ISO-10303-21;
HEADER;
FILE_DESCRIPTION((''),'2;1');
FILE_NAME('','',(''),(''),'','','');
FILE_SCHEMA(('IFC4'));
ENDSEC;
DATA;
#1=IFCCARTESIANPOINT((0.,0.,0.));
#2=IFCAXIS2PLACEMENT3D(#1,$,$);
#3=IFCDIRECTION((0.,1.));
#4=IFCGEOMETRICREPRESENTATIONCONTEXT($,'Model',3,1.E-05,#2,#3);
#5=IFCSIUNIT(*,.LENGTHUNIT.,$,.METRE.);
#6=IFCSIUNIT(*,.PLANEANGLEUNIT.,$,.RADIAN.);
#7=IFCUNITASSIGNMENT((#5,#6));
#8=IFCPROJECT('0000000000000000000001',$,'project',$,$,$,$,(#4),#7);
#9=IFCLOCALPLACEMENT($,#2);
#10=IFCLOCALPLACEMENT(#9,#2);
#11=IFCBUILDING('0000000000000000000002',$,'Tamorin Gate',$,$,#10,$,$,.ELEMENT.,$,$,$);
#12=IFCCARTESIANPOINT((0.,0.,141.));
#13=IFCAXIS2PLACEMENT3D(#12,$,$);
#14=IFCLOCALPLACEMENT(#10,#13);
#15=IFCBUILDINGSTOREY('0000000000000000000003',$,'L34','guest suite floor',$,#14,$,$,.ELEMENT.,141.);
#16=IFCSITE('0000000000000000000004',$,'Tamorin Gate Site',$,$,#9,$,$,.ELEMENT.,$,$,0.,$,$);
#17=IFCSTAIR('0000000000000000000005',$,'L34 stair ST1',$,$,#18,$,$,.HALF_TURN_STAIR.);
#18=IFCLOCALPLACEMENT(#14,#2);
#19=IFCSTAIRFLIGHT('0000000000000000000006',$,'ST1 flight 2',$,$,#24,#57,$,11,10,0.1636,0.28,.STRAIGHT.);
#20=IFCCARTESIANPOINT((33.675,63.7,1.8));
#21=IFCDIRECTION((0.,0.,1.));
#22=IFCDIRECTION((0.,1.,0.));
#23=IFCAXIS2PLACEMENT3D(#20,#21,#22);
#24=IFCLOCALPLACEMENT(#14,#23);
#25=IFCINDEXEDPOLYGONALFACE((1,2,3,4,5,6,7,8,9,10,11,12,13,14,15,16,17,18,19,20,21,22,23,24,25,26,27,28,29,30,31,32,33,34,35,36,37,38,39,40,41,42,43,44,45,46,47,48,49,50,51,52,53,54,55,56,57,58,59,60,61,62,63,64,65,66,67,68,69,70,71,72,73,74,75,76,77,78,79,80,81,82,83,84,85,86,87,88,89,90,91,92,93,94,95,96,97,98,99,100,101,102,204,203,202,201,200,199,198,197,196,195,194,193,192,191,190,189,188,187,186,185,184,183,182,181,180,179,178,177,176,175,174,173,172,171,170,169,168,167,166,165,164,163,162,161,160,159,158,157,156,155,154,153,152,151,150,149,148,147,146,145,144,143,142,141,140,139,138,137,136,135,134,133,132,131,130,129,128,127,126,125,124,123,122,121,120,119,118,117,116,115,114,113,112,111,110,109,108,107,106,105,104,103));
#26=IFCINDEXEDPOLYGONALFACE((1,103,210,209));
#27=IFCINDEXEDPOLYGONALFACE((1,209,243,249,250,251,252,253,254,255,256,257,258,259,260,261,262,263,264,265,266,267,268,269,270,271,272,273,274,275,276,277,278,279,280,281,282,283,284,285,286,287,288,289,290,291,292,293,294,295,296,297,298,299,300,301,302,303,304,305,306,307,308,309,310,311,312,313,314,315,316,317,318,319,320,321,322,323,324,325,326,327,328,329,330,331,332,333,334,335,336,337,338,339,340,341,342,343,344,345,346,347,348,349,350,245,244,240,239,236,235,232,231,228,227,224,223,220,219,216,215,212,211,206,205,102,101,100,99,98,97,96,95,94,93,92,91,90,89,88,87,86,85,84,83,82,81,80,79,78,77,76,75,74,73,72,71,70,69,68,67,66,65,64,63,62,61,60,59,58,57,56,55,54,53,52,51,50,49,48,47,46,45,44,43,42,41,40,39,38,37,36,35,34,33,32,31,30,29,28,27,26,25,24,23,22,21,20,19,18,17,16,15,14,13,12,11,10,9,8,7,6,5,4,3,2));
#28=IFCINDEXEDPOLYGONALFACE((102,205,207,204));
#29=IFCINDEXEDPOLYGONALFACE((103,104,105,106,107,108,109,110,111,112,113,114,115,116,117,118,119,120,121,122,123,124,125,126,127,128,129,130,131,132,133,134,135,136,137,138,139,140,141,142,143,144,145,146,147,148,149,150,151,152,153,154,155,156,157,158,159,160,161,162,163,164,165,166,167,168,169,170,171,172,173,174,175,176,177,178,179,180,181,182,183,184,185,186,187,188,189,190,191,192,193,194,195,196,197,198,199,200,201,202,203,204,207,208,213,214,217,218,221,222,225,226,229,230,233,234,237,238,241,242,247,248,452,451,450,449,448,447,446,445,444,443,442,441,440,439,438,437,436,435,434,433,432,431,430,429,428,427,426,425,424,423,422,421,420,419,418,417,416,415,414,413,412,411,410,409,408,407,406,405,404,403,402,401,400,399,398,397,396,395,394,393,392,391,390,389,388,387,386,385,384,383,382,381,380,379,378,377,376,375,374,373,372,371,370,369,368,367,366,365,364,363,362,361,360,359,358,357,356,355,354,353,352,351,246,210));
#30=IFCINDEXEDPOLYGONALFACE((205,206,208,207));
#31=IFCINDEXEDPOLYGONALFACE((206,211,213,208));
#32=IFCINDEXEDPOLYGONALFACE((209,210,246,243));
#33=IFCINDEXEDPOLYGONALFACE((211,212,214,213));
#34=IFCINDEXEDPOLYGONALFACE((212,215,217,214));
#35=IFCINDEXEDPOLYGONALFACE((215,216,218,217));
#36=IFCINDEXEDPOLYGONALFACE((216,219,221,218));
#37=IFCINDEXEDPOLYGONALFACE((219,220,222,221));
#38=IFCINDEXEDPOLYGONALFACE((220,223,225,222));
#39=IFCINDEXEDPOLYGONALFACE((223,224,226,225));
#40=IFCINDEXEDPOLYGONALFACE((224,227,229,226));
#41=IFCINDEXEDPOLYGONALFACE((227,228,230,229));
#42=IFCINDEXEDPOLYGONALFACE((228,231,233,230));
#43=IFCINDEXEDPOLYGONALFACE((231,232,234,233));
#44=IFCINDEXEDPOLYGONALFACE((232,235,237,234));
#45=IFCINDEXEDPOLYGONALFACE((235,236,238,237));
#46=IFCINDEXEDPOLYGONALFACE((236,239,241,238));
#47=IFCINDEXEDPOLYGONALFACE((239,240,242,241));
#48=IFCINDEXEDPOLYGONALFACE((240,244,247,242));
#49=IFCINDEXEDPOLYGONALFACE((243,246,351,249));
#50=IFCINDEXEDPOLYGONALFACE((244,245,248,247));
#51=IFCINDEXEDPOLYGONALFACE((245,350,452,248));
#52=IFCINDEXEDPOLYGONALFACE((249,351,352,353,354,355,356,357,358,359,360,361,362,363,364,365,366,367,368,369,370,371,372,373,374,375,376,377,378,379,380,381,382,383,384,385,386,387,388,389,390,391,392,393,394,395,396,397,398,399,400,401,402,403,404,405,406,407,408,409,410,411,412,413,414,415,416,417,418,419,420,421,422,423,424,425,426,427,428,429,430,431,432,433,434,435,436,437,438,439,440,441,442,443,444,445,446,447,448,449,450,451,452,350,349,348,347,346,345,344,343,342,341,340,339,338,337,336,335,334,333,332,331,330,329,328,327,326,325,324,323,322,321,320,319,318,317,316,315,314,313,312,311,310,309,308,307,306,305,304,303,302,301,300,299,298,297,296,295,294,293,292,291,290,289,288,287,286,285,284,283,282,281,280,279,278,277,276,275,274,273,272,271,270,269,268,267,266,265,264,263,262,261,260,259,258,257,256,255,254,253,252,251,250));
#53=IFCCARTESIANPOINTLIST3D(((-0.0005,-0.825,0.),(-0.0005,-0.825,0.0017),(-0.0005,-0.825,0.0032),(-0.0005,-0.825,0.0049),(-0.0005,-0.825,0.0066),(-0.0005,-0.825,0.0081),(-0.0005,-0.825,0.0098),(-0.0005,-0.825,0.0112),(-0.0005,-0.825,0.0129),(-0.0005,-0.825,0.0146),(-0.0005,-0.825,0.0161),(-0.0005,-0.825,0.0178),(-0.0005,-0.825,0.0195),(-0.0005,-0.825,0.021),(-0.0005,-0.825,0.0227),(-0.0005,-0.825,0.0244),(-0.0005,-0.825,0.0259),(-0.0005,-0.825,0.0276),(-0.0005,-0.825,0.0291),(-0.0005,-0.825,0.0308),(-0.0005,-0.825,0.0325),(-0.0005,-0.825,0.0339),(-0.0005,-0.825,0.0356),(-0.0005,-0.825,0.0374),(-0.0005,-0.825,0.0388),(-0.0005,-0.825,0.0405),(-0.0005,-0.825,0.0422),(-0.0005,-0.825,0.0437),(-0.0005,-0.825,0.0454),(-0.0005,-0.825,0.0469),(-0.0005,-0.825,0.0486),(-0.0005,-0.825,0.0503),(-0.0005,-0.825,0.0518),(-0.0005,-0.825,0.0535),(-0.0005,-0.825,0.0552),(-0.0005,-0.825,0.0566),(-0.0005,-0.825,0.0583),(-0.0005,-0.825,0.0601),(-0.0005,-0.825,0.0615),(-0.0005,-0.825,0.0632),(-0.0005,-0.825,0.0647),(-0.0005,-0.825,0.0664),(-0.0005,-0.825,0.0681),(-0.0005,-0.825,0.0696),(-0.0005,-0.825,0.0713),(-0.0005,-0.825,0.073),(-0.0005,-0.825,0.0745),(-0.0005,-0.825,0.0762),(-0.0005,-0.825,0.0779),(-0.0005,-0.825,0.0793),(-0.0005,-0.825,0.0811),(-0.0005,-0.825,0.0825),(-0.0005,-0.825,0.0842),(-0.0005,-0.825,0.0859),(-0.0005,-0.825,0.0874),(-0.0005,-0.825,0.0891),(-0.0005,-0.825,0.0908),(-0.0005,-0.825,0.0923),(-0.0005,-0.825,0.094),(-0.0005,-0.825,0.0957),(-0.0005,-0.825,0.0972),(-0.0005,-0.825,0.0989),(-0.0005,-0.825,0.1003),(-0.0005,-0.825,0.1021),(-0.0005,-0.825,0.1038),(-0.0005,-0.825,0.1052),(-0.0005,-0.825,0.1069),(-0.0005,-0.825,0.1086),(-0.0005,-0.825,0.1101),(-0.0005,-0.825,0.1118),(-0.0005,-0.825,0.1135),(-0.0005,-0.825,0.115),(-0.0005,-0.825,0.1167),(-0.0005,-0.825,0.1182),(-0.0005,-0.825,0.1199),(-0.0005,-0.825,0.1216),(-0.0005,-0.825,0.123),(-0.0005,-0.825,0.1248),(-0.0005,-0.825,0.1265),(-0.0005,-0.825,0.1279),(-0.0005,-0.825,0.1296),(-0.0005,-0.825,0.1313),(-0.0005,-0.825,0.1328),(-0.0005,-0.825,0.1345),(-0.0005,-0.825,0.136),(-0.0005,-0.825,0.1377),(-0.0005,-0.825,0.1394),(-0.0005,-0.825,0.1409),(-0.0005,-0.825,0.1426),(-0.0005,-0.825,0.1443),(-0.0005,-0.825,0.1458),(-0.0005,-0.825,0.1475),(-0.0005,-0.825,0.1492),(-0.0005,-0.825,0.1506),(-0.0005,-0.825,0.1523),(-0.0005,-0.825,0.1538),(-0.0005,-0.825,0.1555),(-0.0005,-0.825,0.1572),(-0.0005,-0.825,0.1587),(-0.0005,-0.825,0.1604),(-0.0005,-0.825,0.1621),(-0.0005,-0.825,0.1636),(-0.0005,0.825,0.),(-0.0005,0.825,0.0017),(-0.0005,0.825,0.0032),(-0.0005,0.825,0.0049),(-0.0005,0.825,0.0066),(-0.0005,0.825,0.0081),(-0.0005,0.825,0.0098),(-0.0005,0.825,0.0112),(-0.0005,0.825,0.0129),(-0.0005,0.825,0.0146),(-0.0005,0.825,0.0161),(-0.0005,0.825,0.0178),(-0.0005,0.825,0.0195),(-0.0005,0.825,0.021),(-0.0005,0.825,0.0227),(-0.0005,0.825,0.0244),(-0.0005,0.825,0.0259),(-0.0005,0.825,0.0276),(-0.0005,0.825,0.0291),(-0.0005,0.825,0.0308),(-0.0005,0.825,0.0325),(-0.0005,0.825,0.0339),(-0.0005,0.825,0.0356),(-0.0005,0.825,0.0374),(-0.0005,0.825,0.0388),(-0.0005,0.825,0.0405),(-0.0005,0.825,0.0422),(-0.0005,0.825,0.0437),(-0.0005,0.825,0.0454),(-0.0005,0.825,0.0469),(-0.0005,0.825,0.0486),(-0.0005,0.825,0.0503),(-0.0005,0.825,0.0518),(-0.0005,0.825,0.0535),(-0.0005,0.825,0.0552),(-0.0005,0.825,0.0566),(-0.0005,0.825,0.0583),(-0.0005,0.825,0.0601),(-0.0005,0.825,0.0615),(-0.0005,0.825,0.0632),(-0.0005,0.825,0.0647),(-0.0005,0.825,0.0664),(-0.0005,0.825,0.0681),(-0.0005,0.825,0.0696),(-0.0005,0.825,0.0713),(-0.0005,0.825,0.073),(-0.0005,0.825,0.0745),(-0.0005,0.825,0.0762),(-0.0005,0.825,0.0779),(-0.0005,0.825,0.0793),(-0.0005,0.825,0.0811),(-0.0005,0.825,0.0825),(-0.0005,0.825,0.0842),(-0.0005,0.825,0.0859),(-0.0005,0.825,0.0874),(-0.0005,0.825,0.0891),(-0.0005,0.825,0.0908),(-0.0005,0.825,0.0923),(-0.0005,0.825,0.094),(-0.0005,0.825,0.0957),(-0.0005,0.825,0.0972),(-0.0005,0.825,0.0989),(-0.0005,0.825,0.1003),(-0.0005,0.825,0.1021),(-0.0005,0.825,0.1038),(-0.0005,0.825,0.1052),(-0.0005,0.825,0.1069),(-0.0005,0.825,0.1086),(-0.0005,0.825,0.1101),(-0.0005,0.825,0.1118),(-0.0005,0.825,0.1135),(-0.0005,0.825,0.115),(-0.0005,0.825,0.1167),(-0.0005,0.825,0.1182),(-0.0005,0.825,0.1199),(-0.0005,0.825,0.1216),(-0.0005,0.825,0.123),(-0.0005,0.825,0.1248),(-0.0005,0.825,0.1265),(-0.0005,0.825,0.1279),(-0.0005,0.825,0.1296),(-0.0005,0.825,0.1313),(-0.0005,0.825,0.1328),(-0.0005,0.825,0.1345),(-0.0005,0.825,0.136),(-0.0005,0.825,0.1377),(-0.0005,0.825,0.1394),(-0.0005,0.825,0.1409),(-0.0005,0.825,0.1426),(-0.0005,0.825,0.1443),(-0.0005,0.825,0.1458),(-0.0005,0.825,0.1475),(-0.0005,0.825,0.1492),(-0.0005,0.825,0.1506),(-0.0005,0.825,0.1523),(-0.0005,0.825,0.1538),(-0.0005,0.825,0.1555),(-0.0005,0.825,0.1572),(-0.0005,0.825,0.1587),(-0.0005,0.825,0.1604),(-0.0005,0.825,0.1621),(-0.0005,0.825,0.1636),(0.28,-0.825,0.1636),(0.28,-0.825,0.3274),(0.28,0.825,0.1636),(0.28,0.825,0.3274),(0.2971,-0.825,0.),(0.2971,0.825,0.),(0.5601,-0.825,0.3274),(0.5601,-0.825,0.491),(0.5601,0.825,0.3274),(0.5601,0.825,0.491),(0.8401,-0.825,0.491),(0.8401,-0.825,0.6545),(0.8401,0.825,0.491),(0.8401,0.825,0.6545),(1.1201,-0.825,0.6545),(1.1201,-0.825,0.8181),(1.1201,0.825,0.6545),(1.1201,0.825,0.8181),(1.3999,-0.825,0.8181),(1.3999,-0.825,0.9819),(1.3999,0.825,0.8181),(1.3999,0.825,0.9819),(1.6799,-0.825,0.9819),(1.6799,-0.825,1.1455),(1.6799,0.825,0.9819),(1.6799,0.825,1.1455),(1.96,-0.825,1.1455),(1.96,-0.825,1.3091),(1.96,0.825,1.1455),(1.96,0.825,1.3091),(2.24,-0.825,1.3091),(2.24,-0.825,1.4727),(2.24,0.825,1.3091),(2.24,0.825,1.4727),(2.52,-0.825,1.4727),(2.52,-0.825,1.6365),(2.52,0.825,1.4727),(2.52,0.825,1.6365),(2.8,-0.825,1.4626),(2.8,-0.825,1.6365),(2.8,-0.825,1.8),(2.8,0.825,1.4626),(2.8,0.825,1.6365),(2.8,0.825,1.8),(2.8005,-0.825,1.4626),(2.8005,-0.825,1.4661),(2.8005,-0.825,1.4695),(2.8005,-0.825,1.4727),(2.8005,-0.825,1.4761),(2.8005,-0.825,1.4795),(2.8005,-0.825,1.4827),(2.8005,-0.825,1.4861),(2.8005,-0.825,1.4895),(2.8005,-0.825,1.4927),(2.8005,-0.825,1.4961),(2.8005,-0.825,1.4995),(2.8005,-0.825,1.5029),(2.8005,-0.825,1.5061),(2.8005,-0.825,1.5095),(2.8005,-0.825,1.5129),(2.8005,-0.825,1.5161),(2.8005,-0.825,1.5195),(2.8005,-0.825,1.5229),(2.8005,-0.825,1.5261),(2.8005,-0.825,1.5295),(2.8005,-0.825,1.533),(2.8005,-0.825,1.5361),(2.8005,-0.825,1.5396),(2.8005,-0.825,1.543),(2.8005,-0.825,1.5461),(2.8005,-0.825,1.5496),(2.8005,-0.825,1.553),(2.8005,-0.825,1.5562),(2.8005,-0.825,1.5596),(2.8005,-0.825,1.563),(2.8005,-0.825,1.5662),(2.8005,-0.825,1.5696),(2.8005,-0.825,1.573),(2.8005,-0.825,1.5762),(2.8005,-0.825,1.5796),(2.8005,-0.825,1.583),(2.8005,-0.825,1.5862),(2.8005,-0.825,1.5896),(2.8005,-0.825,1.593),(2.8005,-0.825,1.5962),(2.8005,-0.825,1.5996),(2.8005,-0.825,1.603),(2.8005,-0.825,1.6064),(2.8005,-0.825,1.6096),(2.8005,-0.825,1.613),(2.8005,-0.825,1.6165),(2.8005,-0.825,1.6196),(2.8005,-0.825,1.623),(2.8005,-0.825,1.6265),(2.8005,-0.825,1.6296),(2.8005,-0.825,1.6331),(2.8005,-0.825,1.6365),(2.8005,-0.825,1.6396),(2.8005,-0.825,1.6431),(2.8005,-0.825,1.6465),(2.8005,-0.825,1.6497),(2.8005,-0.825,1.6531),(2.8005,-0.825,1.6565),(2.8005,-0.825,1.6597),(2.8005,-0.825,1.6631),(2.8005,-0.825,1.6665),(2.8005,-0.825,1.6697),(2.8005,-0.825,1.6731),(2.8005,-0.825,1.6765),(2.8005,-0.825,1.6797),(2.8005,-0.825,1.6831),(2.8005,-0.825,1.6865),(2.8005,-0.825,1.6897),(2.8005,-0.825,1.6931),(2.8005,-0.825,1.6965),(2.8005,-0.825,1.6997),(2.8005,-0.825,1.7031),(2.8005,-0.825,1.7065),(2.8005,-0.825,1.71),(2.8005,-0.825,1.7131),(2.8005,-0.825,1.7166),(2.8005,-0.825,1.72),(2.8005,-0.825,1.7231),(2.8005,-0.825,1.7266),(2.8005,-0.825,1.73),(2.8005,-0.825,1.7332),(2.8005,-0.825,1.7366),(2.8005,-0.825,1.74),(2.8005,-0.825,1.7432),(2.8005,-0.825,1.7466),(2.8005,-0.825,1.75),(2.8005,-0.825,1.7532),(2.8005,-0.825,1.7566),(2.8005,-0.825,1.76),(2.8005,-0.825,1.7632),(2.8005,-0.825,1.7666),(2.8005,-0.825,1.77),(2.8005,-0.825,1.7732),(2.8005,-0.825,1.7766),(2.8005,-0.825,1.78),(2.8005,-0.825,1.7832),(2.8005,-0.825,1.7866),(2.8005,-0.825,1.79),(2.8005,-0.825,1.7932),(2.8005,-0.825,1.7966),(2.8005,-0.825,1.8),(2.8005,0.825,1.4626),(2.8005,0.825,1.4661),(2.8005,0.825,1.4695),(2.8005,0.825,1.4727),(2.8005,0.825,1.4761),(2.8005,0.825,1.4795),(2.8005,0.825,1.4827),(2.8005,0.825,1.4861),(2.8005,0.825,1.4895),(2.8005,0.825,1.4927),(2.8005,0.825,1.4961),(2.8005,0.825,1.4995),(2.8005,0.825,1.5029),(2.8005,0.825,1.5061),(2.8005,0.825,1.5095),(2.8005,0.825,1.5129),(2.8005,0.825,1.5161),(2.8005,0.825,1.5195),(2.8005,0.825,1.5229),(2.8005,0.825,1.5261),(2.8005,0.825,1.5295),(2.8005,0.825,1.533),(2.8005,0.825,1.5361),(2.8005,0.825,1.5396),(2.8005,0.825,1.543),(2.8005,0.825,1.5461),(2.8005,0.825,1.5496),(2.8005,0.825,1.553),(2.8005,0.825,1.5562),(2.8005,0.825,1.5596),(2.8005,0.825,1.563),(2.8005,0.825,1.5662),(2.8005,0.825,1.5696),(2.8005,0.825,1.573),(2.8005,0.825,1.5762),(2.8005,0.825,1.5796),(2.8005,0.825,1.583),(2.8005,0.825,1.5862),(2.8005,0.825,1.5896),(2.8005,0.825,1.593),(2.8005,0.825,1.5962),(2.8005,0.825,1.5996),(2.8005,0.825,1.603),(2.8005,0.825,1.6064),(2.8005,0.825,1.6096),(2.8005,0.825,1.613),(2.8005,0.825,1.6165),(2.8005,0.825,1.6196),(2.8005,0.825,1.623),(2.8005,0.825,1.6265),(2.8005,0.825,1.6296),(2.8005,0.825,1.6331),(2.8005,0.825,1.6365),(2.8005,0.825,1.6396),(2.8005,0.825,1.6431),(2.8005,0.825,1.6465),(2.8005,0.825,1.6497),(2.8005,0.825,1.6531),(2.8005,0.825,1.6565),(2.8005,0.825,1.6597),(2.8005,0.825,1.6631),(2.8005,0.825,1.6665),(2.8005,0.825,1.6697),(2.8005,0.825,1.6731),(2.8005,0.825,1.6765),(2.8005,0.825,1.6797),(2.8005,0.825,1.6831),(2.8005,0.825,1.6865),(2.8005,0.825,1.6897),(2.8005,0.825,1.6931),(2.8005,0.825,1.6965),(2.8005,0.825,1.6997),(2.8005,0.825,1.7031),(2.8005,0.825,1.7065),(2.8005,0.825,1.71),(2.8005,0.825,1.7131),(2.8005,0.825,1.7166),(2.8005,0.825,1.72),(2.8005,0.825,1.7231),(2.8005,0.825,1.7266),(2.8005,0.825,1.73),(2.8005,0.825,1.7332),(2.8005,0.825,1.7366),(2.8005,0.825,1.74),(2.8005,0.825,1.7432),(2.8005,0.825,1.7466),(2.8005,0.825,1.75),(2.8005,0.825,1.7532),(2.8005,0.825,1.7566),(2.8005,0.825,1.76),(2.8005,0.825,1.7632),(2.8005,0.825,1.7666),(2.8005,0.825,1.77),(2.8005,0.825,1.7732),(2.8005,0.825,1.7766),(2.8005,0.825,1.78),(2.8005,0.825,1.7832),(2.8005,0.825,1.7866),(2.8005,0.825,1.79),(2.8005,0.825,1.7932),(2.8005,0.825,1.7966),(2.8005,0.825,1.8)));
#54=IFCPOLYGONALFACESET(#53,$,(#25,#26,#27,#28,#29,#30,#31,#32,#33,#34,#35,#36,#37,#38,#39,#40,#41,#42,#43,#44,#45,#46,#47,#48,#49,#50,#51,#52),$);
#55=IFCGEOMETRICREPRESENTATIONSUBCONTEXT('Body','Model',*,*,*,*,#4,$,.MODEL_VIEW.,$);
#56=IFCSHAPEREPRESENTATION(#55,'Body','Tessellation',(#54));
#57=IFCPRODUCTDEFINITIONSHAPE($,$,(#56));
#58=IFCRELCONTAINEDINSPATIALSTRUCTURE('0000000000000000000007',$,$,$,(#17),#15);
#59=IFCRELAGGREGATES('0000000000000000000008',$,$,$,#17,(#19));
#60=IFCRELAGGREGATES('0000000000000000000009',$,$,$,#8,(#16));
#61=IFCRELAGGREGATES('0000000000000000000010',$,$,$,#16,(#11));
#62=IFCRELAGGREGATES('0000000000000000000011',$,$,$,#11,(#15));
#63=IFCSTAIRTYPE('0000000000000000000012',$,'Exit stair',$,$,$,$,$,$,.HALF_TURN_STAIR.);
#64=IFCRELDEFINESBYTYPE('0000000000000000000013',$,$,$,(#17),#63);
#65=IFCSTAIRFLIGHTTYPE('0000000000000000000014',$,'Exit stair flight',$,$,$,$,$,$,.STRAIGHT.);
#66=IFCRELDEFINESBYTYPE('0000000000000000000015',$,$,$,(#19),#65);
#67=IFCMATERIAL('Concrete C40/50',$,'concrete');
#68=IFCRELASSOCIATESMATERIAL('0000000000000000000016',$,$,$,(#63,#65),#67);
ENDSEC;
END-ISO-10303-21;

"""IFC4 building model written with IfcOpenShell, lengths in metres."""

from ifc_helpers import new_model, si_unit, direction, frame, origin, place, context, subcontext, project, spatial, polyline, outline, extrude, material, type_object, element, aggregate, save


model = new_model("IFC4")

# Units and contexts
model_context = context("Model", 3, precision=1e-05, world=origin(), true_north=direction((0.0, 1.0)))
body_context = subcontext(model_context, "Body", "Model", "MODEL_VIEW")
ifc_project = project(units=[si_unit("LENGTHUNIT", "METRE"), si_unit("PLANEANGLEUNIT", "RADIAN")], contexts=[model_context])

# Site, building, storey
site_placement = place(None, origin())
site = spatial("IfcSite", under=ifc_project, at=site_placement, Name="Tamorin Gate Site", CompositionType="ELEMENT", RefElevation=0.0)
building_placement = place(site_placement, origin())
building = spatial("IfcBuilding", under=site, at=building_placement, Name="Tamorin Gate", CompositionType="ELEMENT")
storey_placement = place(building_placement, frame((0.0, 0.0, 141.0)))
storey = spatial("IfcBuildingStorey", under=building, at=storey_placement, Name="L34", Description="guest suite floor", CompositionType="ELEMENT", Elevation=141.0)

# Shared definitions
ifc_material_1 = material(Name="Concrete C40/50", Category="concrete")

# Stair, stair flight
stair_type = type_object("IfcStairType", Name="Exit stair", PredefinedType="HALF_TURN_STAIR", material=ifc_material_1)
stair_1_placement = place(storey_placement, origin())
stair_1 = element("IfcStair", 1, at=stair_1_placement, inside=storey, type_object=stair_type, Name="L34 stair ST1", PredefinedType="HALF_TURN_STAIR")
stair_flight_type = type_object("IfcStairFlightType", Name="Exit stair flight", PredefinedType="STRAIGHT", material=ifc_material_1)
stair_flight_1_placement = place(storey_placement, frame((33.675, 63.7, 1.8), z_axis=(0.0, 0.0, 1.0), x_axis=(0.0, 1.0, 0.0)))
stair_flight_1 = element("IfcStairFlight", 2, at=stair_flight_1_placement, type_object=stair_flight_type, Name="ST1 flight 2", NumberOfRisers=11, NumberOfTreads=10, PredefinedType="STRAIGHT", RiserHeight=0.1636, TreadLength=0.28, context=body_context, shape_type="SweptSolid", body=[
    extrude(outline(polyline([(-0.0005, 0.0), (-0.0005, 0.0017), (-0.0005, 0.0032), (-0.0005, 0.0049), (-0.0005, 0.0066), (-0.0005, 0.0081), (-0.0005, 0.0098), (-0.0005, 0.0112), (-0.0005, 0.0129), (-0.0005, 0.0146), (-0.0005, 0.0161), (-0.0005, 0.0178), (-0.0005, 0.0195), (-0.0005, 0.021), (-0.0005, 0.0227), (-0.0005, 0.0244), (-0.0005, 0.0259), (-0.0005, 0.0276), (-0.0005, 0.0291), (-0.0005, 0.0308), (-0.0005, 0.0325), (-0.0005, 0.0339), (-0.0005, 0.0356), (-0.0005, 0.0374), (-0.0005, 0.0388), (-0.0005, 0.0405), (-0.0005, 0.0422), (-0.0005, 0.0437), (-0.0005, 0.0454), (-0.0005, 0.0469), (-0.0005, 0.0486), (-0.0005, 0.0503), (-0.0005, 0.0518), (-0.0005, 0.0535), (-0.0005, 0.0552), (-0.0005, 0.0566), (-0.0005, 0.0583), (-0.0005, 0.0601), (-0.0005, 0.0615), (-0.0005, 0.0632), (-0.0005, 0.0647), (-0.0005, 0.0664), (-0.0005, 0.0681), (-0.0005, 0.0696), (-0.0005, 0.0713), (-0.0005, 0.073), (-0.0005, 0.0745), (-0.0005, 0.0762), (-0.0005, 0.0779), (-0.0005, 0.0793), (-0.0005, 0.0811), (-0.0005, 0.0825), (-0.0005, 0.0842), (-0.0005, 0.0859), (-0.0005, 0.0874), (-0.0005, 0.0891), (-0.0005, 0.0908), (-0.0005, 0.0923), (-0.0005, 0.094), (-0.0005, 0.0957), (-0.0005, 0.0972), (-0.0005, 0.0989), (-0.0005, 0.1003), (-0.0005, 0.1021), (-0.0005, 0.1038), (-0.0005, 0.1052), (-0.0005, 0.1069), (-0.0005, 0.1086), (-0.0005, 0.1101), (-0.0005, 0.1118), (-0.0005, 0.1135), (-0.0005, 0.115), (-0.0005, 0.1167), (-0.0005, 0.1182), (-0.0005, 0.1199), (-0.0005, 0.1216), (-0.0005, 0.123), (-0.0005, 0.1248), (-0.0005, 0.1265), (-0.0005, 0.1279), (-0.0005, 0.1296), (-0.0005, 0.1313), (-0.0005, 0.1328), (-0.0005, 0.1345), (-0.0005, 0.136), (-0.0005, 0.1377), (-0.0005, 0.1394), (-0.0005, 0.1409), (-0.0005, 0.1426), (-0.0005, 0.1443), (-0.0005, 0.1458), (-0.0005, 0.1475), (-0.0005, 0.1492), (-0.0005, 0.1506), (-0.0005, 0.1523), (-0.0005, 0.1538), (-0.0005, 0.1555), (-0.0005, 0.1572), (-0.0005, 0.1587), (-0.0005, 0.1604), (-0.0005, 0.1621), (-0.0005, 0.1636), (0.28, 0.1636), (0.28, 0.3274), (0.5601, 0.3274), (0.5601, 0.491), (0.8401, 0.491), (0.8401, 0.6545), (1.1201, 0.6545), (1.1201, 0.8181), (1.3999, 0.8181), (1.3999, 0.9819), (1.6799, 0.9819), (1.6799, 1.1455), (1.96, 1.1455), (1.96, 1.3091), (2.24, 1.3091), (2.24, 1.4727), (2.52, 1.4727), (2.52, 1.6365), (2.8, 1.6365), (2.8, 1.8), (2.8005, 1.8), (2.8005, 1.7966), (2.8005, 1.7932), (2.8005, 1.79), (2.8005, 1.7866), (2.8005, 1.7832), (2.8005, 1.78), (2.8005, 1.7766), (2.8005, 1.7732), (2.8005, 1.77), (2.8005, 1.7666), (2.8005, 1.7632), (2.8005, 1.76), (2.8005, 1.7566), (2.8005, 1.7532), (2.8005, 1.75), (2.8005, 1.7466), (2.8005, 1.7432), (2.8005, 1.74), (2.8005, 1.7366), (2.8005, 1.7332), (2.8005, 1.73), (2.8005, 1.7266), (2.8005, 1.7231), (2.8005, 1.72), (2.8005, 1.7166), (2.8005, 1.7131), (2.8005, 1.71), (2.8005, 1.7065), (2.8005, 1.7031), (2.8005, 1.6997), (2.8005, 1.6965), (2.8005, 1.6931), (2.8005, 1.6897), (2.8005, 1.6865), (2.8005, 1.6831), (2.8005, 1.6797), (2.8005, 1.6765), (2.8005, 1.6731), (2.8005, 1.6697), (2.8005, 1.6665), (2.8005, 1.6631), (2.8005, 1.6597), (2.8005, 1.6565), (2.8005, 1.6531), (2.8005, 1.6497), (2.8005, 1.6465), (2.8005, 1.6431), (2.8005, 1.6396), (2.8005, 1.6365), (2.8005, 1.6331), (2.8005, 1.6296), (2.8005, 1.6265), (2.8005, 1.623), (2.8005, 1.6196), (2.8005, 1.6165), (2.8005, 1.613), (2.8005, 1.6096), (2.8005, 1.6064), (2.8005, 1.603), (2.8005, 1.5996), (2.8005, 1.5962), (2.8005, 1.593), (2.8005, 1.5896), (2.8005, 1.5862), (2.8005, 1.583), (2.8005, 1.5796), (2.8005, 1.5762), (2.8005, 1.573), (2.8005, 1.5696), (2.8005, 1.5662), (2.8005, 1.563), (2.8005, 1.5596), (2.8005, 1.5562), (2.8005, 1.553), (2.8005, 1.5496), (2.8005, 1.5461), (2.8005, 1.543), (2.8005, 1.5396), (2.8005, 1.5361), (2.8005, 1.533), (2.8005, 1.5295), (2.8005, 1.5261), (2.8005, 1.5229), (2.8005, 1.5195), (2.8005, 1.5161), (2.8005, 1.5129), (2.8005, 1.5095), (2.8005, 1.5061), (2.8005, 1.5029), (2.8005, 1.4995), (2.8005, 1.4961), (2.8005, 1.4927), (2.8005, 1.4895), (2.8005, 1.4861), (2.8005, 1.4827), (2.8005, 1.4795), (2.8005, 1.4761), (2.8005, 1.4727), (2.8005, 1.4695), (2.8005, 1.4661), (2.8005, 1.4626), (2.8, 1.4626), (0.2971, 0.0), (-0.0005, 0.0)])), frame((0.0, 0.825, 0.0), z_axis=(0.0, -1.0, 0.0), x_axis=(1.0, 0.0, 0.0)), (0.0, 0.0, 1.0), 1.6499),
])
aggregate(stair_1, [stair_flight_1])

save(model, "model.ifc")
